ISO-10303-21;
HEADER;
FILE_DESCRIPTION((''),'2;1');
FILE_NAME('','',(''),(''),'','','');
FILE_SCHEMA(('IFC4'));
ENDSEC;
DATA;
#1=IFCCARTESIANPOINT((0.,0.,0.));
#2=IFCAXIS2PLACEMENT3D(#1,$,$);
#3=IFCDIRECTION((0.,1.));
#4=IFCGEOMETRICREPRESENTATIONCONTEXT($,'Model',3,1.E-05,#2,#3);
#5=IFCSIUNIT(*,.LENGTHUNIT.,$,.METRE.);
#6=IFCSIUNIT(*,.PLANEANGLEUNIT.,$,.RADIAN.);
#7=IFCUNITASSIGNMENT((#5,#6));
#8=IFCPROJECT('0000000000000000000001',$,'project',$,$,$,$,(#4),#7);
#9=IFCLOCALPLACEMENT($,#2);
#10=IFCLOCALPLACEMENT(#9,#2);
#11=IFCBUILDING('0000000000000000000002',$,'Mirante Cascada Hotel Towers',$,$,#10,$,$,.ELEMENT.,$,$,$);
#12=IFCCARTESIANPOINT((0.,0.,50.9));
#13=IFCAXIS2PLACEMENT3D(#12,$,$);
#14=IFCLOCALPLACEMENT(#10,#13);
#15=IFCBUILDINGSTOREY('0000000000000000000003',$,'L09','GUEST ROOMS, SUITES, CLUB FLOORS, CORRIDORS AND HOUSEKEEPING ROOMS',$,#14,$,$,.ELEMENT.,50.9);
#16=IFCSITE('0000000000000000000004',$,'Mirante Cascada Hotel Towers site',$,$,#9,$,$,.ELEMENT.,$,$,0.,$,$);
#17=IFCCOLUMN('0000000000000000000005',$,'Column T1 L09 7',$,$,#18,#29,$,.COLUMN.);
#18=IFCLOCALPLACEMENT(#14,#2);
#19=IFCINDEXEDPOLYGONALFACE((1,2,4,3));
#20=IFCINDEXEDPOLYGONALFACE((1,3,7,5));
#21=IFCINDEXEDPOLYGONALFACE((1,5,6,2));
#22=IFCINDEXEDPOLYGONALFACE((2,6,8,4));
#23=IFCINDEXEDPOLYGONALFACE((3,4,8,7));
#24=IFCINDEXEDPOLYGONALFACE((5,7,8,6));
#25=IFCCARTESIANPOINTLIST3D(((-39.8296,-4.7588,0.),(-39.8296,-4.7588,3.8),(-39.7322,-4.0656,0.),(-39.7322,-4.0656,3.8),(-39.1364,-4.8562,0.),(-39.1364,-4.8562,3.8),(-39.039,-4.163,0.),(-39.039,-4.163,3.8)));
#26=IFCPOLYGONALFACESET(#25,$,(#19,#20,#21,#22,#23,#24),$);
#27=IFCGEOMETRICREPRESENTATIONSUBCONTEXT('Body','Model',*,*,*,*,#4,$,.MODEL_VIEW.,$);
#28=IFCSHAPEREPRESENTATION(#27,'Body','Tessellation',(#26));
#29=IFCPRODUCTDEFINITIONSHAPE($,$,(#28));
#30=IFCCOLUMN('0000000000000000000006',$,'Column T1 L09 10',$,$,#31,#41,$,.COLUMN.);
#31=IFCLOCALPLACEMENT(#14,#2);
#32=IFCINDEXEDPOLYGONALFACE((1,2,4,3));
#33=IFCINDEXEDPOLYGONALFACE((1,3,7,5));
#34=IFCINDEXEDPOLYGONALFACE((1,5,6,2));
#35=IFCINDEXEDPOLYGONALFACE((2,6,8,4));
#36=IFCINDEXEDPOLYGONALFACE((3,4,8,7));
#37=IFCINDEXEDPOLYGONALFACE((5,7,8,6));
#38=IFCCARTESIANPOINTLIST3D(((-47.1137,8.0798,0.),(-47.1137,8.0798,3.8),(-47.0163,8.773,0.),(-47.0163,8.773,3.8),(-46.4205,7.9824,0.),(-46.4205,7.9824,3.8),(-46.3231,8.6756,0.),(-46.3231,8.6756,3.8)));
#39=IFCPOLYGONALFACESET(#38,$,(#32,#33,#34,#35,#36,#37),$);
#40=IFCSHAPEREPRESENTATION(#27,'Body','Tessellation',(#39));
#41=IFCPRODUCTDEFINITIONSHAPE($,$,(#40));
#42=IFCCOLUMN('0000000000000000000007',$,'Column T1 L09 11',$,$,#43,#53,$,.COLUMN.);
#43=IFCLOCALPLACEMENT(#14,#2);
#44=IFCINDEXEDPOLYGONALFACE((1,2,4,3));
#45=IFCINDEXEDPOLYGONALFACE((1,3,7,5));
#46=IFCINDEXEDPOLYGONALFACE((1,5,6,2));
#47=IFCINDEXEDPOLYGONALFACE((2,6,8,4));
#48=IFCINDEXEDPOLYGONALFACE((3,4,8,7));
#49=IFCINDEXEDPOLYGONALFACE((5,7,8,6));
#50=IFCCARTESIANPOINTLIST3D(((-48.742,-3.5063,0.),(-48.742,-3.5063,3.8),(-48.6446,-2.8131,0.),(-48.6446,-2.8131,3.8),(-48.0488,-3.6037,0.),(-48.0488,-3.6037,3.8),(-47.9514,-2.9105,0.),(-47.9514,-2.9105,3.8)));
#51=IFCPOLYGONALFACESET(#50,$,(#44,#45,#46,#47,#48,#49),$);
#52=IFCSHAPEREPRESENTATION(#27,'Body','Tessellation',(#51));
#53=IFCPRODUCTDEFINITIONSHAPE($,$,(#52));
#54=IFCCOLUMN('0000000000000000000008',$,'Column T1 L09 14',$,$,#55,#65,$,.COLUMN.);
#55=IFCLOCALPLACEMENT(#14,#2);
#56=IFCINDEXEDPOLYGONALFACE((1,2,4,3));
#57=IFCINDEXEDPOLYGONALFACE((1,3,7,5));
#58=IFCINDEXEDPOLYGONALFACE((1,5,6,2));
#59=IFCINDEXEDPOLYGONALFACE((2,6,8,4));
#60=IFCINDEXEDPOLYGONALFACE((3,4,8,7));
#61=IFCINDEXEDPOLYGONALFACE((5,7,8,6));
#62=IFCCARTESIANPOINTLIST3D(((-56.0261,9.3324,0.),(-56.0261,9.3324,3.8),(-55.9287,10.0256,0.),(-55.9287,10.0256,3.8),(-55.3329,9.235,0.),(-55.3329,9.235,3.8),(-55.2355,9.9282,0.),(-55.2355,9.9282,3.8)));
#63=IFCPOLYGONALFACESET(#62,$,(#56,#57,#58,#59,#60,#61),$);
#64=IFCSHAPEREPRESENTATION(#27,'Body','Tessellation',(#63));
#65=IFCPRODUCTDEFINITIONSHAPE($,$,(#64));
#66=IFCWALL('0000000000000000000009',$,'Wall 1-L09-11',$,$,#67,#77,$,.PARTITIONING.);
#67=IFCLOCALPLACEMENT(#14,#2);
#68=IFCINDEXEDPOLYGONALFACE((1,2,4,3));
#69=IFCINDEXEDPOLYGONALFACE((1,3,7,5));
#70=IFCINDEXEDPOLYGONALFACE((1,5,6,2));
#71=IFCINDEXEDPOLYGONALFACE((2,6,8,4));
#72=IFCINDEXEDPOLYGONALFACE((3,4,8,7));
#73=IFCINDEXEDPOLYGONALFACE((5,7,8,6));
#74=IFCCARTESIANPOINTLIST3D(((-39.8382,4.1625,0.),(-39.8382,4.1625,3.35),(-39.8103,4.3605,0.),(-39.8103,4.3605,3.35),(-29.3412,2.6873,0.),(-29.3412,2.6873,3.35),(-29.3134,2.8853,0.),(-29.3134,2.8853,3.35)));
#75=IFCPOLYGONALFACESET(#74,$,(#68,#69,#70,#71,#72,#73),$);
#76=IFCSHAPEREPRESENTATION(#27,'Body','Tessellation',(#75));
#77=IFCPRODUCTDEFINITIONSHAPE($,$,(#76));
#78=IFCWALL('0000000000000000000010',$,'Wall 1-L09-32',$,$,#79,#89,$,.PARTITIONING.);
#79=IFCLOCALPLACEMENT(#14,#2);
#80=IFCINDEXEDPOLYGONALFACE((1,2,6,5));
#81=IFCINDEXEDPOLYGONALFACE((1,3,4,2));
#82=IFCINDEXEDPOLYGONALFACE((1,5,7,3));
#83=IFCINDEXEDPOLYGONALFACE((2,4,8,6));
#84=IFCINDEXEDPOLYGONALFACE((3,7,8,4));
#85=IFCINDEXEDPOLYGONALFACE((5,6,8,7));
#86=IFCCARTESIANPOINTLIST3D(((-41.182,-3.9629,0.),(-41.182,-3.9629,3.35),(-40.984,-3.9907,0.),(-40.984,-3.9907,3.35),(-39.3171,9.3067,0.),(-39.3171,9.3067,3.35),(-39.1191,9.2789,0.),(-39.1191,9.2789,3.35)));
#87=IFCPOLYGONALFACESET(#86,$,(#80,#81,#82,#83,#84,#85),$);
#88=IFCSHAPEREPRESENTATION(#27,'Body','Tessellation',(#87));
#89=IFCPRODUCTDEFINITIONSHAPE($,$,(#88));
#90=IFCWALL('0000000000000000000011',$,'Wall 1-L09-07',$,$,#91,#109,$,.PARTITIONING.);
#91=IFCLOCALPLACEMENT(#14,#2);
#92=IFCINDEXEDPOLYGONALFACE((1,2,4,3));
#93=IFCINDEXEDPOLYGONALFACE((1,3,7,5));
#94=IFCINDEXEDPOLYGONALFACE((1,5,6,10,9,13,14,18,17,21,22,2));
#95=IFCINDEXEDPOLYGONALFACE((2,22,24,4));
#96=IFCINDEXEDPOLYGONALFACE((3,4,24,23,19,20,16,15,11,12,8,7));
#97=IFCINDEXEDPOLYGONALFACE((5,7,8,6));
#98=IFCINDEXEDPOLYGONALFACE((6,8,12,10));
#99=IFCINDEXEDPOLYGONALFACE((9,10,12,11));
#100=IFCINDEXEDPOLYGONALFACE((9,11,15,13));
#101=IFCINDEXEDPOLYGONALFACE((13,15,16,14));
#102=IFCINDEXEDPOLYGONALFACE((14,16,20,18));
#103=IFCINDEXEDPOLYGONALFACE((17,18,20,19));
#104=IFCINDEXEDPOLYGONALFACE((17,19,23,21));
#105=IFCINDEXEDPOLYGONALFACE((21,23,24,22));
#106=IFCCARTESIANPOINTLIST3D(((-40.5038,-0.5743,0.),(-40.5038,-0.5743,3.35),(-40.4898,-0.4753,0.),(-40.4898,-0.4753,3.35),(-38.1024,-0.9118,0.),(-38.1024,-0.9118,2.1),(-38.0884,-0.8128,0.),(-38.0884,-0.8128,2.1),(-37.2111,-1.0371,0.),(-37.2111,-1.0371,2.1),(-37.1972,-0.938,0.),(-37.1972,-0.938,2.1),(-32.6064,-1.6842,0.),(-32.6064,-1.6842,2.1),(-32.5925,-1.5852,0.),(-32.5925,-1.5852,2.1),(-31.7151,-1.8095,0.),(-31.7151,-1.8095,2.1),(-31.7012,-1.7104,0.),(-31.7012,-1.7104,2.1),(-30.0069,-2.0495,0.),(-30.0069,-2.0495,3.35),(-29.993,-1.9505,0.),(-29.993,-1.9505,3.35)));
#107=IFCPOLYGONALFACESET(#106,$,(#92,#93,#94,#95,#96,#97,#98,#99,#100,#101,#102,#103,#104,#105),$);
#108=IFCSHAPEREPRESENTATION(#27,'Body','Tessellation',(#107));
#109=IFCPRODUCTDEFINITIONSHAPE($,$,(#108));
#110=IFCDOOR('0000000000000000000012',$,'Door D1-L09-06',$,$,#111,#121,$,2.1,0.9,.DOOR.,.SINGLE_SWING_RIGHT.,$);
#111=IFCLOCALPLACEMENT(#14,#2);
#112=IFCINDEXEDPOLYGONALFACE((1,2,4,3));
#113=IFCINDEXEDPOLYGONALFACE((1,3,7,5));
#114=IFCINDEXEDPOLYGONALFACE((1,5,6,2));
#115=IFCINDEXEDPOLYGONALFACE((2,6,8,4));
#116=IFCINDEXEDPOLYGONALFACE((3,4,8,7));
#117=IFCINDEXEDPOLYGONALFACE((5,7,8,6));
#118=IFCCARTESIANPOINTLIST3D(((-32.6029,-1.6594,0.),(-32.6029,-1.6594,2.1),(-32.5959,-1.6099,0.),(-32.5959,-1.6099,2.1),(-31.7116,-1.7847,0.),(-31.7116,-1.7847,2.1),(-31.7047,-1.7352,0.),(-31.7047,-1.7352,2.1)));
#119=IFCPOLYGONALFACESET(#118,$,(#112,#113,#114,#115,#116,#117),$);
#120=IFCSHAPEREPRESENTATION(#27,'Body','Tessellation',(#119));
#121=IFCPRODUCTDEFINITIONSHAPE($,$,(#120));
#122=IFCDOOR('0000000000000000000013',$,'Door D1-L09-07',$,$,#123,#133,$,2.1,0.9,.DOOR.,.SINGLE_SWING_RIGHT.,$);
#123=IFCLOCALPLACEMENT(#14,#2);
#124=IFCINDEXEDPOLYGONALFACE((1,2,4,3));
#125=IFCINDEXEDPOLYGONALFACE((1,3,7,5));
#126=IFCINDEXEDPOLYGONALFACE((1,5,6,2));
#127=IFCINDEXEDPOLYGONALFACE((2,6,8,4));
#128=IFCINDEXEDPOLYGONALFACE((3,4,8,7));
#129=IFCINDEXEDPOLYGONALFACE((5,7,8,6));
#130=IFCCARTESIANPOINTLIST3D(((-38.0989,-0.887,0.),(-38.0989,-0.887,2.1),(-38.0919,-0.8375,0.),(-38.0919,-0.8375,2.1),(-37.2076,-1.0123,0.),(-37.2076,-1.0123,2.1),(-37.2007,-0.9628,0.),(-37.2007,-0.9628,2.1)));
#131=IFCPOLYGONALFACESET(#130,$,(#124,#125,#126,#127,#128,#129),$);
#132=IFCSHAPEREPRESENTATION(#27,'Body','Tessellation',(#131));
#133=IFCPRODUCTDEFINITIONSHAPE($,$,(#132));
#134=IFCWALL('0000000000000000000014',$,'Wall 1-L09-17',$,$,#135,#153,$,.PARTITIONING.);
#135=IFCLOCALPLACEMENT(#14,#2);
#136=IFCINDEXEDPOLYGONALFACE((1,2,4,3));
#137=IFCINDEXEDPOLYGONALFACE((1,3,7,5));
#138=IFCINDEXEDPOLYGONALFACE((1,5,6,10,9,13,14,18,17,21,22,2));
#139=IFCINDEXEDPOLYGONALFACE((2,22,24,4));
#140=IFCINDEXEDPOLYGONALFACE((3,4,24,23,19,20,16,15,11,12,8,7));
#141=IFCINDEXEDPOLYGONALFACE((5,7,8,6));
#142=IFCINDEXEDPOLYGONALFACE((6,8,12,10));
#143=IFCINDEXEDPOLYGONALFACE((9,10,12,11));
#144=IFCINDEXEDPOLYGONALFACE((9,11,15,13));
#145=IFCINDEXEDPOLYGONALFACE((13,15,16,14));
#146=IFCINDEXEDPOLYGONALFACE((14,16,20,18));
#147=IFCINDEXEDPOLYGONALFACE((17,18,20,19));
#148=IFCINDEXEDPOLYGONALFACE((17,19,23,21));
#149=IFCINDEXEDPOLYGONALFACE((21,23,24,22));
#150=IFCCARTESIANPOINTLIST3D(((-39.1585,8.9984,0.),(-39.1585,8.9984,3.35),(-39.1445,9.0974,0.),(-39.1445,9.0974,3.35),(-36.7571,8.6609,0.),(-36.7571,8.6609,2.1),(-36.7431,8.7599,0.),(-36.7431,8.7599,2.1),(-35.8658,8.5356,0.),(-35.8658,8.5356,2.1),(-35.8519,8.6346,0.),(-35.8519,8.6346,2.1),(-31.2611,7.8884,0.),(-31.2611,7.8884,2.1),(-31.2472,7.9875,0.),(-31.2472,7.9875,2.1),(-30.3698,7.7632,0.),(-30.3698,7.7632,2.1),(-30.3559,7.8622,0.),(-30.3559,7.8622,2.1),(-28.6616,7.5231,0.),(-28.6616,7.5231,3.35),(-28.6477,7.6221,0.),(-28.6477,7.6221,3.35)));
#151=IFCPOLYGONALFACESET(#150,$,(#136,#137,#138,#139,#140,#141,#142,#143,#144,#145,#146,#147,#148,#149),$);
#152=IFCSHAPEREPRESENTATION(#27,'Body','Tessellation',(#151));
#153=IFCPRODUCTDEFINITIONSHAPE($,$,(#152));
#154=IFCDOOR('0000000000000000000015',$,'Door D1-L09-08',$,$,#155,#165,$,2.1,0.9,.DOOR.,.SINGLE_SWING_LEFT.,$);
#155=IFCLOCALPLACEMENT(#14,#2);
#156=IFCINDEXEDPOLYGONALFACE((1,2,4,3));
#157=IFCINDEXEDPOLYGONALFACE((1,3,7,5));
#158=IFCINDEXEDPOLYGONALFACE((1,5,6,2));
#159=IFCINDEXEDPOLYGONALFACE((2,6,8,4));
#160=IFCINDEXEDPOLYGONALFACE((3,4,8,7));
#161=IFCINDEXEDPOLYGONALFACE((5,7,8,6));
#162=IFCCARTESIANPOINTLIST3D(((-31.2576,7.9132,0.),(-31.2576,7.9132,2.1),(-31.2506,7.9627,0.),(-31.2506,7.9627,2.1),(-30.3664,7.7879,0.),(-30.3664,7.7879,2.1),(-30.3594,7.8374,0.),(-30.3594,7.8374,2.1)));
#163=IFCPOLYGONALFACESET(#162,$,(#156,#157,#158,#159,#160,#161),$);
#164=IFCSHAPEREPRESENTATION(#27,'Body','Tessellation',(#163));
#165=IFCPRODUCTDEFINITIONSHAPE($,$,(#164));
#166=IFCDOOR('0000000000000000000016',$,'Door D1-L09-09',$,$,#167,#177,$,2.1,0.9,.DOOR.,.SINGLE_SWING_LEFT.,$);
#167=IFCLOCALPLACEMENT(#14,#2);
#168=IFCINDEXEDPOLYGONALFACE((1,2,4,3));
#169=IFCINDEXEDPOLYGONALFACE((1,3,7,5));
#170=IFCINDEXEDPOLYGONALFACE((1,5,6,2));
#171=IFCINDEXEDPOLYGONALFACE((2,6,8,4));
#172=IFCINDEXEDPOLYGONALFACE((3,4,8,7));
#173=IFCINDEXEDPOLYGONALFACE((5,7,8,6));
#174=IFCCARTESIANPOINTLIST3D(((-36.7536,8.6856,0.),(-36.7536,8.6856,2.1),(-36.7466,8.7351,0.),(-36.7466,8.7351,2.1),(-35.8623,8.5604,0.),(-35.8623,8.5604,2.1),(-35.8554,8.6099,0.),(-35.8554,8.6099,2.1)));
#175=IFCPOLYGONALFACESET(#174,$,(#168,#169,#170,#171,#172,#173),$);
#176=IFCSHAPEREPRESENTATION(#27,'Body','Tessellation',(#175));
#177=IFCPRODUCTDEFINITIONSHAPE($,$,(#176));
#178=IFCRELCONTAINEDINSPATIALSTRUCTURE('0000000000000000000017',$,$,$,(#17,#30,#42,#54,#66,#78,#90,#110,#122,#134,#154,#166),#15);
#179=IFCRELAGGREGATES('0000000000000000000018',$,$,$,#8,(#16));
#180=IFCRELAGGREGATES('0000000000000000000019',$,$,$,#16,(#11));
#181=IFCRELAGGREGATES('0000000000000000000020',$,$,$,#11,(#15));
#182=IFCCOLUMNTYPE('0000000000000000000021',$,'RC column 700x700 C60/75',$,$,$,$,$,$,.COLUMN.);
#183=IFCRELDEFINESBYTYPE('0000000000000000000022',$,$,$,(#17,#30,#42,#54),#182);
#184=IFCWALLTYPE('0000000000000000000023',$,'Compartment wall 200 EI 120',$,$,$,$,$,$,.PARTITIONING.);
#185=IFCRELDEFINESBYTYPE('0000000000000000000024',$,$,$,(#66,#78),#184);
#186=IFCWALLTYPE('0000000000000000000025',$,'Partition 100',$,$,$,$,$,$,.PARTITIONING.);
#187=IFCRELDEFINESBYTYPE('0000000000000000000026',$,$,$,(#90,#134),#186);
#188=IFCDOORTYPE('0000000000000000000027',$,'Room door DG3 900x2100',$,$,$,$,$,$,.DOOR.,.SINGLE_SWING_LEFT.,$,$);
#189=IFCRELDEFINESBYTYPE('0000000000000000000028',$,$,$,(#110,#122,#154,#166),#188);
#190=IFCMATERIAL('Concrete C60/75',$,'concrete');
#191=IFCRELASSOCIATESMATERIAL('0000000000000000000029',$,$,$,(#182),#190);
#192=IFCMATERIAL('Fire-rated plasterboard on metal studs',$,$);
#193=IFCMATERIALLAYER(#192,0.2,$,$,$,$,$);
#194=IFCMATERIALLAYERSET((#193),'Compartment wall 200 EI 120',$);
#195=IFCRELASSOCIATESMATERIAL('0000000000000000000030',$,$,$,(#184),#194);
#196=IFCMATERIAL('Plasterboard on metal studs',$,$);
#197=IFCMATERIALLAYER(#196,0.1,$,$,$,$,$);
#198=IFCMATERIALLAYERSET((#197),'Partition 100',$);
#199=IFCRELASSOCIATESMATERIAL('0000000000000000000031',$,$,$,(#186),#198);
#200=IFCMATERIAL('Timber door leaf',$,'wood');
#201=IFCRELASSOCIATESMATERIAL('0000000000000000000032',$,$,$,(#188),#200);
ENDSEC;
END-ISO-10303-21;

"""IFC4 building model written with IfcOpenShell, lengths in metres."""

from ifc_helpers import new_model, si_unit, direction, frame, frame_2d, origin, origin_2d, place, context, subcontext, project, spatial, rectangle, extrude, material, layer, layer_set, material_profile, profile_set, type_object, element, fill, save


model = new_model("IFC4")

# Units and contexts
model_context = context("Model", 3, precision=1e-05, world=origin(), true_north=direction((0.0, 1.0)))
body_context = subcontext(model_context, "Body", "Model", "MODEL_VIEW")
ifc_project = project(units=[si_unit("LENGTHUNIT", "METRE"), si_unit("PLANEANGLEUNIT", "RADIAN")], contexts=[model_context])

# Site, building, storey
site_placement = place(None, origin())
site = spatial("IfcSite", under=ifc_project, at=site_placement, Name="Mirante Cascada Hotel Towers site", CompositionType="ELEMENT", RefElevation=0.0)
building_placement = place(site_placement, origin())
building = spatial("IfcBuilding", under=site, at=building_placement, Name="Mirante Cascada Hotel Towers", CompositionType="ELEMENT")
storey_placement = place(building_placement, frame((0.0, 0.0, 50.9)))
storey = spatial("IfcBuildingStorey", under=building, at=storey_placement, Name="L09", Description="GUEST ROOMS, SUITES, CLUB FLOORS, CORRIDORS AND HOUSEKEEPING ROOMS", CompositionType="ELEMENT", Elevation=50.9)

# Columns
ifc_material_1 = material(Name="Concrete C60/75", Category="concrete")
ifc_material_profile = material_profile(ifc_material_1, rectangle(XDim=0.7, YDim=0.7, at=origin_2d()), Name="RC column 700x700 C60/75")
ifc_profile_set = profile_set([ifc_material_profile], Name="Concrete C60/75")
column_type = type_object("IfcColumnType", Name="RC column 700x700 C60/75", PredefinedType="COLUMN", material=ifc_profile_set)
for number, where, z_axis, x_axis, name in (
    (1, (-39.4343, -4.4609, 0.0), (0.0, 0.0, 1.0), (-0.990268, 0.139173, 0.0), "Column T1 L09 7"),
    (2, (-46.7184, 8.3777, 0.0), (0.0, 0.0, 1.0), (-0.990268, 0.139173, 0.0), "Column T1 L09 10"),
    (3, (-48.3467, -3.2084, 0.0), (0.0, 0.0, 1.0), (-0.990268, 0.139173, 0.0), "Column T1 L09 11"),
    (4, (-55.6308, 9.6303, 0.0), (0.0, 0.0, 1.0), (-0.990268, 0.139173, 0.0), "Column T1 L09 14"),
):
    element("IfcColumn", number, at=place(storey_placement, frame(where, z_axis=z_axis, x_axis=x_axis)), inside=storey, type_object=column_type, Name=name, PredefinedType="COLUMN", context=body_context, shape_type="SweptSolid", body=[
        extrude(rectangle(XDim=0.7, YDim=0.7, at=origin_2d()), origin(), (0.0, 0.0, 1.0), 3.8),
    ])

# Walls
ifc_material_2 = material(Name="Fire-rated plasterboard on metal studs")
ifc_layer_1 = layer(ifc_material_2, 0.2)
ifc_layer_set_1 = layer_set([ifc_layer_1], Name="Compartment wall 200 EI 120")
wall_type_1 = type_object("IfcWallType", Name="Compartment wall 200 EI 120", PredefinedType="PARTITIONING", material=ifc_layer_set_1)
wall_1_placement = place(storey_placement, frame((-39.8242, 4.2615, 0.0), z_axis=(0.0, 0.0, 1.0), x_axis=(0.990269, -0.139169, 0.0)))
element("IfcWall", 5, at=wall_1_placement, inside=storey, type_object=wall_type_1, Name="Wall 1-L09-11", PredefinedType="PARTITIONING", context=body_context, shape_type="SweptSolid", body=[
    extrude(rectangle(XDim=10.6001, YDim=0.2, at=frame_2d((5.3, 0.0))), origin(), (0.0, 0.0, 1.0), 3.35),
])
wall_2_placement = place(storey_placement, frame((-41.083, -3.9768, 0.0), z_axis=(0.0, 0.0, 1.0), x_axis=(0.139172, 0.990268, 0.0)))
element("IfcWall", 6, at=wall_2_placement, inside=storey, type_object=wall_type_1, Name="Wall 1-L09-32", PredefinedType="PARTITIONING", context=body_context, shape_type="SweptSolid", body=[
    extrude(rectangle(XDim=13.4, YDim=0.2, at=frame_2d((6.7, 0.0))), origin(), (0.0, 0.0, 1.0), 3.35),
])

# Walls, openings, doors
ifc_material_3 = material(Name="Plasterboard on metal studs")
ifc_layer_2 = layer(ifc_material_3, 0.1)
ifc_layer_set_2 = layer_set([ifc_layer_2], Name="Partition 100")
wall_type_2 = type_object("IfcWallType", Name="Partition 100", PredefinedType="PARTITIONING", material=ifc_layer_set_2)
wall_3_placement = place(storey_placement, frame((-40.4968, -0.5248, 0.0), z_axis=(0.0, 0.0, 1.0), x_axis=(0.990268, -0.13917, 0.0)))
wall_3 = element("IfcWall", 7, at=wall_3_placement, inside=storey, type_object=wall_type_2, Name="Wall 1-L09-07", PredefinedType="PARTITIONING", context=body_context, shape_type="SweptSolid", body=[
    extrude(rectangle(XDim=10.6, YDim=0.1, at=frame_2d((5.3, 0.0))), origin(), (0.0, 0.0, 1.0), 3.35),
])
opening_1_placement = place(wall_3_placement, frame((7.975, 0.0, 0.0)))
opening_1 = element("IfcOpeningElement", 8, at=opening_1_placement, cuts=wall_3, PredefinedType="OPENING", context=body_context, shape_type="SweptSolid", body=[
    extrude(rectangle(XDim=0.9, YDim=2.1, at=frame_2d((0.45, 1.05))), frame((0.0, 0.05, 0.0), z_axis=(0.0, -1.0, 0.0), x_axis=(1.0, 0.0, 0.0)), (0.0, 0.0, 1.0), 0.1),
])
opening_2_placement = place(wall_3_placement, frame((2.425, 0.0, 0.0)))
opening_2 = element("IfcOpeningElement", 9, at=opening_2_placement, cuts=wall_3, PredefinedType="OPENING", context=body_context, shape_type="SweptSolid", body=[
    extrude(rectangle(XDim=0.9, YDim=2.1, at=frame_2d((0.45, 1.05))), frame((0.0, 0.05, 0.0), z_axis=(0.0, -1.0, 0.0), x_axis=(1.0, 0.0, 0.0)), (0.0, 0.0, 1.0), 0.1),
])
ifc_material_4 = material(Name="Timber door leaf", Category="wood")
door_type_1 = type_object("IfcDoorType", Name="Room door DG3 900x2100", OperationType="SINGLE_SWING_LEFT", PredefinedType="DOOR", material=ifc_material_4)
door_1_placement = place(opening_1_placement, frame((0.9, 0.0, 0.0), z_axis=(0.0, 0.0, 1.0), x_axis=(-1.0, 0.0, 0.0)))
door_1 = element("IfcDoor", 10, at=door_1_placement, inside=storey, type_object=door_type_1, Name="Door D1-L09-06", OperationType="SINGLE_SWING_RIGHT", OverallHeight=2.1, OverallWidth=0.9, PredefinedType="DOOR", context=body_context, shape_type="SweptSolid", body=[
    extrude(rectangle(XDim=0.9, YDim=2.1, at=frame_2d((0.45, 1.05))), frame((0.0, 0.025, 0.0), z_axis=(0.0, -1.0, 0.0), x_axis=(1.0, 0.0, 0.0)), (0.0, 0.0, 1.0), 0.05),
])
fill(opening_1, door_1)
door_2_placement = place(opening_2_placement, frame((0.9, 0.0, 0.0), z_axis=(0.0, 0.0, 1.0), x_axis=(-1.0, 0.0, 0.0)))
door_2 = element("IfcDoor", 11, at=door_2_placement, inside=storey, type_object=door_type_1, Name="Door D1-L09-07", OperationType="SINGLE_SWING_RIGHT", OverallHeight=2.1, OverallWidth=0.9, PredefinedType="DOOR", context=body_context, shape_type="SweptSolid", body=[
    extrude(rectangle(XDim=0.9, YDim=2.1, at=frame_2d((0.45, 1.05))), frame((0.0, 0.025, 0.0), z_axis=(0.0, -1.0, 0.0), x_axis=(1.0, 0.0, 0.0)), (0.0, 0.0, 1.0), 0.05),
])
fill(opening_2, door_2)
wall_4_placement = place(storey_placement, frame((-39.1515, 9.0479, 0.0), z_axis=(0.0, 0.0, 1.0), x_axis=(0.990267, -0.13918, 0.0)))
wall_4 = element("IfcWall", 12, at=wall_4_placement, inside=storey, type_object=wall_type_2, Name="Wall 1-L09-17", PredefinedType="PARTITIONING", context=body_context, shape_type="SweptSolid", body=[
    extrude(rectangle(XDim=10.6, YDim=0.1, at=frame_2d((5.3, 0.0))), origin(), (0.0, 0.0, 1.0), 3.35),
])
opening_3_placement = place(wall_4_placement, frame((7.975, 0.0, 0.0)))
opening_3 = element("IfcOpeningElement", 13, at=opening_3_placement, cuts=wall_4, PredefinedType="OPENING", context=body_context, shape_type="SweptSolid", body=[
    extrude(rectangle(XDim=0.9, YDim=2.1, at=frame_2d((0.45, 1.05))), frame((0.0, 0.05, 0.0), z_axis=(0.0, -1.0, 0.0), x_axis=(1.0, 0.0, 0.0)), (0.0, 0.0, 1.0), 0.1),
])
opening_4_placement = place(wall_4_placement, frame((2.425, 0.0, 0.0)))
opening_4 = element("IfcOpeningElement", 14, at=opening_4_placement, cuts=wall_4, PredefinedType="OPENING", context=body_context, shape_type="SweptSolid", body=[
    extrude(rectangle(XDim=0.9, YDim=2.1, at=frame_2d((0.45, 1.05))), frame((0.0, 0.05, 0.0), z_axis=(0.0, -1.0, 0.0), x_axis=(1.0, 0.0, 0.0)), (0.0, 0.0, 1.0), 0.1),
])
door_3_placement = place(opening_3_placement, origin())
door_3 = element("IfcDoor", 15, at=door_3_placement, inside=storey, type_object=door_type_1, Name="Door D1-L09-08", OperationType="SINGLE_SWING_LEFT", OverallHeight=2.1, OverallWidth=0.9, PredefinedType="DOOR", context=body_context, shape_type="SweptSolid", body=[
    extrude(rectangle(XDim=0.9, YDim=2.1, at=frame_2d((0.45, 1.05))), frame((0.0, 0.025, 0.0), z_axis=(0.0, -1.0, 0.0), x_axis=(1.0, 0.0, 0.0)), (0.0, 0.0, 1.0), 0.05),
])
fill(opening_3, door_3)
door_4_placement = place(opening_4_placement, origin())
door_4 = element("IfcDoor", 16, at=door_4_placement, inside=storey, type_object=door_type_1, Name="Door D1-L09-09", OperationType="SINGLE_SWING_LEFT", OverallHeight=2.1, OverallWidth=0.9, PredefinedType="DOOR", context=body_context, shape_type="SweptSolid", body=[
    extrude(rectangle(XDim=0.9, YDim=2.1, at=frame_2d((0.45, 1.05))), frame((0.0, 0.025, 0.0), z_axis=(0.0, -1.0, 0.0), x_axis=(1.0, 0.0, 0.0)), (0.0, 0.0, 1.0), 0.05),
])
fill(opening_4, door_4)

save(model, "model.ifc")
